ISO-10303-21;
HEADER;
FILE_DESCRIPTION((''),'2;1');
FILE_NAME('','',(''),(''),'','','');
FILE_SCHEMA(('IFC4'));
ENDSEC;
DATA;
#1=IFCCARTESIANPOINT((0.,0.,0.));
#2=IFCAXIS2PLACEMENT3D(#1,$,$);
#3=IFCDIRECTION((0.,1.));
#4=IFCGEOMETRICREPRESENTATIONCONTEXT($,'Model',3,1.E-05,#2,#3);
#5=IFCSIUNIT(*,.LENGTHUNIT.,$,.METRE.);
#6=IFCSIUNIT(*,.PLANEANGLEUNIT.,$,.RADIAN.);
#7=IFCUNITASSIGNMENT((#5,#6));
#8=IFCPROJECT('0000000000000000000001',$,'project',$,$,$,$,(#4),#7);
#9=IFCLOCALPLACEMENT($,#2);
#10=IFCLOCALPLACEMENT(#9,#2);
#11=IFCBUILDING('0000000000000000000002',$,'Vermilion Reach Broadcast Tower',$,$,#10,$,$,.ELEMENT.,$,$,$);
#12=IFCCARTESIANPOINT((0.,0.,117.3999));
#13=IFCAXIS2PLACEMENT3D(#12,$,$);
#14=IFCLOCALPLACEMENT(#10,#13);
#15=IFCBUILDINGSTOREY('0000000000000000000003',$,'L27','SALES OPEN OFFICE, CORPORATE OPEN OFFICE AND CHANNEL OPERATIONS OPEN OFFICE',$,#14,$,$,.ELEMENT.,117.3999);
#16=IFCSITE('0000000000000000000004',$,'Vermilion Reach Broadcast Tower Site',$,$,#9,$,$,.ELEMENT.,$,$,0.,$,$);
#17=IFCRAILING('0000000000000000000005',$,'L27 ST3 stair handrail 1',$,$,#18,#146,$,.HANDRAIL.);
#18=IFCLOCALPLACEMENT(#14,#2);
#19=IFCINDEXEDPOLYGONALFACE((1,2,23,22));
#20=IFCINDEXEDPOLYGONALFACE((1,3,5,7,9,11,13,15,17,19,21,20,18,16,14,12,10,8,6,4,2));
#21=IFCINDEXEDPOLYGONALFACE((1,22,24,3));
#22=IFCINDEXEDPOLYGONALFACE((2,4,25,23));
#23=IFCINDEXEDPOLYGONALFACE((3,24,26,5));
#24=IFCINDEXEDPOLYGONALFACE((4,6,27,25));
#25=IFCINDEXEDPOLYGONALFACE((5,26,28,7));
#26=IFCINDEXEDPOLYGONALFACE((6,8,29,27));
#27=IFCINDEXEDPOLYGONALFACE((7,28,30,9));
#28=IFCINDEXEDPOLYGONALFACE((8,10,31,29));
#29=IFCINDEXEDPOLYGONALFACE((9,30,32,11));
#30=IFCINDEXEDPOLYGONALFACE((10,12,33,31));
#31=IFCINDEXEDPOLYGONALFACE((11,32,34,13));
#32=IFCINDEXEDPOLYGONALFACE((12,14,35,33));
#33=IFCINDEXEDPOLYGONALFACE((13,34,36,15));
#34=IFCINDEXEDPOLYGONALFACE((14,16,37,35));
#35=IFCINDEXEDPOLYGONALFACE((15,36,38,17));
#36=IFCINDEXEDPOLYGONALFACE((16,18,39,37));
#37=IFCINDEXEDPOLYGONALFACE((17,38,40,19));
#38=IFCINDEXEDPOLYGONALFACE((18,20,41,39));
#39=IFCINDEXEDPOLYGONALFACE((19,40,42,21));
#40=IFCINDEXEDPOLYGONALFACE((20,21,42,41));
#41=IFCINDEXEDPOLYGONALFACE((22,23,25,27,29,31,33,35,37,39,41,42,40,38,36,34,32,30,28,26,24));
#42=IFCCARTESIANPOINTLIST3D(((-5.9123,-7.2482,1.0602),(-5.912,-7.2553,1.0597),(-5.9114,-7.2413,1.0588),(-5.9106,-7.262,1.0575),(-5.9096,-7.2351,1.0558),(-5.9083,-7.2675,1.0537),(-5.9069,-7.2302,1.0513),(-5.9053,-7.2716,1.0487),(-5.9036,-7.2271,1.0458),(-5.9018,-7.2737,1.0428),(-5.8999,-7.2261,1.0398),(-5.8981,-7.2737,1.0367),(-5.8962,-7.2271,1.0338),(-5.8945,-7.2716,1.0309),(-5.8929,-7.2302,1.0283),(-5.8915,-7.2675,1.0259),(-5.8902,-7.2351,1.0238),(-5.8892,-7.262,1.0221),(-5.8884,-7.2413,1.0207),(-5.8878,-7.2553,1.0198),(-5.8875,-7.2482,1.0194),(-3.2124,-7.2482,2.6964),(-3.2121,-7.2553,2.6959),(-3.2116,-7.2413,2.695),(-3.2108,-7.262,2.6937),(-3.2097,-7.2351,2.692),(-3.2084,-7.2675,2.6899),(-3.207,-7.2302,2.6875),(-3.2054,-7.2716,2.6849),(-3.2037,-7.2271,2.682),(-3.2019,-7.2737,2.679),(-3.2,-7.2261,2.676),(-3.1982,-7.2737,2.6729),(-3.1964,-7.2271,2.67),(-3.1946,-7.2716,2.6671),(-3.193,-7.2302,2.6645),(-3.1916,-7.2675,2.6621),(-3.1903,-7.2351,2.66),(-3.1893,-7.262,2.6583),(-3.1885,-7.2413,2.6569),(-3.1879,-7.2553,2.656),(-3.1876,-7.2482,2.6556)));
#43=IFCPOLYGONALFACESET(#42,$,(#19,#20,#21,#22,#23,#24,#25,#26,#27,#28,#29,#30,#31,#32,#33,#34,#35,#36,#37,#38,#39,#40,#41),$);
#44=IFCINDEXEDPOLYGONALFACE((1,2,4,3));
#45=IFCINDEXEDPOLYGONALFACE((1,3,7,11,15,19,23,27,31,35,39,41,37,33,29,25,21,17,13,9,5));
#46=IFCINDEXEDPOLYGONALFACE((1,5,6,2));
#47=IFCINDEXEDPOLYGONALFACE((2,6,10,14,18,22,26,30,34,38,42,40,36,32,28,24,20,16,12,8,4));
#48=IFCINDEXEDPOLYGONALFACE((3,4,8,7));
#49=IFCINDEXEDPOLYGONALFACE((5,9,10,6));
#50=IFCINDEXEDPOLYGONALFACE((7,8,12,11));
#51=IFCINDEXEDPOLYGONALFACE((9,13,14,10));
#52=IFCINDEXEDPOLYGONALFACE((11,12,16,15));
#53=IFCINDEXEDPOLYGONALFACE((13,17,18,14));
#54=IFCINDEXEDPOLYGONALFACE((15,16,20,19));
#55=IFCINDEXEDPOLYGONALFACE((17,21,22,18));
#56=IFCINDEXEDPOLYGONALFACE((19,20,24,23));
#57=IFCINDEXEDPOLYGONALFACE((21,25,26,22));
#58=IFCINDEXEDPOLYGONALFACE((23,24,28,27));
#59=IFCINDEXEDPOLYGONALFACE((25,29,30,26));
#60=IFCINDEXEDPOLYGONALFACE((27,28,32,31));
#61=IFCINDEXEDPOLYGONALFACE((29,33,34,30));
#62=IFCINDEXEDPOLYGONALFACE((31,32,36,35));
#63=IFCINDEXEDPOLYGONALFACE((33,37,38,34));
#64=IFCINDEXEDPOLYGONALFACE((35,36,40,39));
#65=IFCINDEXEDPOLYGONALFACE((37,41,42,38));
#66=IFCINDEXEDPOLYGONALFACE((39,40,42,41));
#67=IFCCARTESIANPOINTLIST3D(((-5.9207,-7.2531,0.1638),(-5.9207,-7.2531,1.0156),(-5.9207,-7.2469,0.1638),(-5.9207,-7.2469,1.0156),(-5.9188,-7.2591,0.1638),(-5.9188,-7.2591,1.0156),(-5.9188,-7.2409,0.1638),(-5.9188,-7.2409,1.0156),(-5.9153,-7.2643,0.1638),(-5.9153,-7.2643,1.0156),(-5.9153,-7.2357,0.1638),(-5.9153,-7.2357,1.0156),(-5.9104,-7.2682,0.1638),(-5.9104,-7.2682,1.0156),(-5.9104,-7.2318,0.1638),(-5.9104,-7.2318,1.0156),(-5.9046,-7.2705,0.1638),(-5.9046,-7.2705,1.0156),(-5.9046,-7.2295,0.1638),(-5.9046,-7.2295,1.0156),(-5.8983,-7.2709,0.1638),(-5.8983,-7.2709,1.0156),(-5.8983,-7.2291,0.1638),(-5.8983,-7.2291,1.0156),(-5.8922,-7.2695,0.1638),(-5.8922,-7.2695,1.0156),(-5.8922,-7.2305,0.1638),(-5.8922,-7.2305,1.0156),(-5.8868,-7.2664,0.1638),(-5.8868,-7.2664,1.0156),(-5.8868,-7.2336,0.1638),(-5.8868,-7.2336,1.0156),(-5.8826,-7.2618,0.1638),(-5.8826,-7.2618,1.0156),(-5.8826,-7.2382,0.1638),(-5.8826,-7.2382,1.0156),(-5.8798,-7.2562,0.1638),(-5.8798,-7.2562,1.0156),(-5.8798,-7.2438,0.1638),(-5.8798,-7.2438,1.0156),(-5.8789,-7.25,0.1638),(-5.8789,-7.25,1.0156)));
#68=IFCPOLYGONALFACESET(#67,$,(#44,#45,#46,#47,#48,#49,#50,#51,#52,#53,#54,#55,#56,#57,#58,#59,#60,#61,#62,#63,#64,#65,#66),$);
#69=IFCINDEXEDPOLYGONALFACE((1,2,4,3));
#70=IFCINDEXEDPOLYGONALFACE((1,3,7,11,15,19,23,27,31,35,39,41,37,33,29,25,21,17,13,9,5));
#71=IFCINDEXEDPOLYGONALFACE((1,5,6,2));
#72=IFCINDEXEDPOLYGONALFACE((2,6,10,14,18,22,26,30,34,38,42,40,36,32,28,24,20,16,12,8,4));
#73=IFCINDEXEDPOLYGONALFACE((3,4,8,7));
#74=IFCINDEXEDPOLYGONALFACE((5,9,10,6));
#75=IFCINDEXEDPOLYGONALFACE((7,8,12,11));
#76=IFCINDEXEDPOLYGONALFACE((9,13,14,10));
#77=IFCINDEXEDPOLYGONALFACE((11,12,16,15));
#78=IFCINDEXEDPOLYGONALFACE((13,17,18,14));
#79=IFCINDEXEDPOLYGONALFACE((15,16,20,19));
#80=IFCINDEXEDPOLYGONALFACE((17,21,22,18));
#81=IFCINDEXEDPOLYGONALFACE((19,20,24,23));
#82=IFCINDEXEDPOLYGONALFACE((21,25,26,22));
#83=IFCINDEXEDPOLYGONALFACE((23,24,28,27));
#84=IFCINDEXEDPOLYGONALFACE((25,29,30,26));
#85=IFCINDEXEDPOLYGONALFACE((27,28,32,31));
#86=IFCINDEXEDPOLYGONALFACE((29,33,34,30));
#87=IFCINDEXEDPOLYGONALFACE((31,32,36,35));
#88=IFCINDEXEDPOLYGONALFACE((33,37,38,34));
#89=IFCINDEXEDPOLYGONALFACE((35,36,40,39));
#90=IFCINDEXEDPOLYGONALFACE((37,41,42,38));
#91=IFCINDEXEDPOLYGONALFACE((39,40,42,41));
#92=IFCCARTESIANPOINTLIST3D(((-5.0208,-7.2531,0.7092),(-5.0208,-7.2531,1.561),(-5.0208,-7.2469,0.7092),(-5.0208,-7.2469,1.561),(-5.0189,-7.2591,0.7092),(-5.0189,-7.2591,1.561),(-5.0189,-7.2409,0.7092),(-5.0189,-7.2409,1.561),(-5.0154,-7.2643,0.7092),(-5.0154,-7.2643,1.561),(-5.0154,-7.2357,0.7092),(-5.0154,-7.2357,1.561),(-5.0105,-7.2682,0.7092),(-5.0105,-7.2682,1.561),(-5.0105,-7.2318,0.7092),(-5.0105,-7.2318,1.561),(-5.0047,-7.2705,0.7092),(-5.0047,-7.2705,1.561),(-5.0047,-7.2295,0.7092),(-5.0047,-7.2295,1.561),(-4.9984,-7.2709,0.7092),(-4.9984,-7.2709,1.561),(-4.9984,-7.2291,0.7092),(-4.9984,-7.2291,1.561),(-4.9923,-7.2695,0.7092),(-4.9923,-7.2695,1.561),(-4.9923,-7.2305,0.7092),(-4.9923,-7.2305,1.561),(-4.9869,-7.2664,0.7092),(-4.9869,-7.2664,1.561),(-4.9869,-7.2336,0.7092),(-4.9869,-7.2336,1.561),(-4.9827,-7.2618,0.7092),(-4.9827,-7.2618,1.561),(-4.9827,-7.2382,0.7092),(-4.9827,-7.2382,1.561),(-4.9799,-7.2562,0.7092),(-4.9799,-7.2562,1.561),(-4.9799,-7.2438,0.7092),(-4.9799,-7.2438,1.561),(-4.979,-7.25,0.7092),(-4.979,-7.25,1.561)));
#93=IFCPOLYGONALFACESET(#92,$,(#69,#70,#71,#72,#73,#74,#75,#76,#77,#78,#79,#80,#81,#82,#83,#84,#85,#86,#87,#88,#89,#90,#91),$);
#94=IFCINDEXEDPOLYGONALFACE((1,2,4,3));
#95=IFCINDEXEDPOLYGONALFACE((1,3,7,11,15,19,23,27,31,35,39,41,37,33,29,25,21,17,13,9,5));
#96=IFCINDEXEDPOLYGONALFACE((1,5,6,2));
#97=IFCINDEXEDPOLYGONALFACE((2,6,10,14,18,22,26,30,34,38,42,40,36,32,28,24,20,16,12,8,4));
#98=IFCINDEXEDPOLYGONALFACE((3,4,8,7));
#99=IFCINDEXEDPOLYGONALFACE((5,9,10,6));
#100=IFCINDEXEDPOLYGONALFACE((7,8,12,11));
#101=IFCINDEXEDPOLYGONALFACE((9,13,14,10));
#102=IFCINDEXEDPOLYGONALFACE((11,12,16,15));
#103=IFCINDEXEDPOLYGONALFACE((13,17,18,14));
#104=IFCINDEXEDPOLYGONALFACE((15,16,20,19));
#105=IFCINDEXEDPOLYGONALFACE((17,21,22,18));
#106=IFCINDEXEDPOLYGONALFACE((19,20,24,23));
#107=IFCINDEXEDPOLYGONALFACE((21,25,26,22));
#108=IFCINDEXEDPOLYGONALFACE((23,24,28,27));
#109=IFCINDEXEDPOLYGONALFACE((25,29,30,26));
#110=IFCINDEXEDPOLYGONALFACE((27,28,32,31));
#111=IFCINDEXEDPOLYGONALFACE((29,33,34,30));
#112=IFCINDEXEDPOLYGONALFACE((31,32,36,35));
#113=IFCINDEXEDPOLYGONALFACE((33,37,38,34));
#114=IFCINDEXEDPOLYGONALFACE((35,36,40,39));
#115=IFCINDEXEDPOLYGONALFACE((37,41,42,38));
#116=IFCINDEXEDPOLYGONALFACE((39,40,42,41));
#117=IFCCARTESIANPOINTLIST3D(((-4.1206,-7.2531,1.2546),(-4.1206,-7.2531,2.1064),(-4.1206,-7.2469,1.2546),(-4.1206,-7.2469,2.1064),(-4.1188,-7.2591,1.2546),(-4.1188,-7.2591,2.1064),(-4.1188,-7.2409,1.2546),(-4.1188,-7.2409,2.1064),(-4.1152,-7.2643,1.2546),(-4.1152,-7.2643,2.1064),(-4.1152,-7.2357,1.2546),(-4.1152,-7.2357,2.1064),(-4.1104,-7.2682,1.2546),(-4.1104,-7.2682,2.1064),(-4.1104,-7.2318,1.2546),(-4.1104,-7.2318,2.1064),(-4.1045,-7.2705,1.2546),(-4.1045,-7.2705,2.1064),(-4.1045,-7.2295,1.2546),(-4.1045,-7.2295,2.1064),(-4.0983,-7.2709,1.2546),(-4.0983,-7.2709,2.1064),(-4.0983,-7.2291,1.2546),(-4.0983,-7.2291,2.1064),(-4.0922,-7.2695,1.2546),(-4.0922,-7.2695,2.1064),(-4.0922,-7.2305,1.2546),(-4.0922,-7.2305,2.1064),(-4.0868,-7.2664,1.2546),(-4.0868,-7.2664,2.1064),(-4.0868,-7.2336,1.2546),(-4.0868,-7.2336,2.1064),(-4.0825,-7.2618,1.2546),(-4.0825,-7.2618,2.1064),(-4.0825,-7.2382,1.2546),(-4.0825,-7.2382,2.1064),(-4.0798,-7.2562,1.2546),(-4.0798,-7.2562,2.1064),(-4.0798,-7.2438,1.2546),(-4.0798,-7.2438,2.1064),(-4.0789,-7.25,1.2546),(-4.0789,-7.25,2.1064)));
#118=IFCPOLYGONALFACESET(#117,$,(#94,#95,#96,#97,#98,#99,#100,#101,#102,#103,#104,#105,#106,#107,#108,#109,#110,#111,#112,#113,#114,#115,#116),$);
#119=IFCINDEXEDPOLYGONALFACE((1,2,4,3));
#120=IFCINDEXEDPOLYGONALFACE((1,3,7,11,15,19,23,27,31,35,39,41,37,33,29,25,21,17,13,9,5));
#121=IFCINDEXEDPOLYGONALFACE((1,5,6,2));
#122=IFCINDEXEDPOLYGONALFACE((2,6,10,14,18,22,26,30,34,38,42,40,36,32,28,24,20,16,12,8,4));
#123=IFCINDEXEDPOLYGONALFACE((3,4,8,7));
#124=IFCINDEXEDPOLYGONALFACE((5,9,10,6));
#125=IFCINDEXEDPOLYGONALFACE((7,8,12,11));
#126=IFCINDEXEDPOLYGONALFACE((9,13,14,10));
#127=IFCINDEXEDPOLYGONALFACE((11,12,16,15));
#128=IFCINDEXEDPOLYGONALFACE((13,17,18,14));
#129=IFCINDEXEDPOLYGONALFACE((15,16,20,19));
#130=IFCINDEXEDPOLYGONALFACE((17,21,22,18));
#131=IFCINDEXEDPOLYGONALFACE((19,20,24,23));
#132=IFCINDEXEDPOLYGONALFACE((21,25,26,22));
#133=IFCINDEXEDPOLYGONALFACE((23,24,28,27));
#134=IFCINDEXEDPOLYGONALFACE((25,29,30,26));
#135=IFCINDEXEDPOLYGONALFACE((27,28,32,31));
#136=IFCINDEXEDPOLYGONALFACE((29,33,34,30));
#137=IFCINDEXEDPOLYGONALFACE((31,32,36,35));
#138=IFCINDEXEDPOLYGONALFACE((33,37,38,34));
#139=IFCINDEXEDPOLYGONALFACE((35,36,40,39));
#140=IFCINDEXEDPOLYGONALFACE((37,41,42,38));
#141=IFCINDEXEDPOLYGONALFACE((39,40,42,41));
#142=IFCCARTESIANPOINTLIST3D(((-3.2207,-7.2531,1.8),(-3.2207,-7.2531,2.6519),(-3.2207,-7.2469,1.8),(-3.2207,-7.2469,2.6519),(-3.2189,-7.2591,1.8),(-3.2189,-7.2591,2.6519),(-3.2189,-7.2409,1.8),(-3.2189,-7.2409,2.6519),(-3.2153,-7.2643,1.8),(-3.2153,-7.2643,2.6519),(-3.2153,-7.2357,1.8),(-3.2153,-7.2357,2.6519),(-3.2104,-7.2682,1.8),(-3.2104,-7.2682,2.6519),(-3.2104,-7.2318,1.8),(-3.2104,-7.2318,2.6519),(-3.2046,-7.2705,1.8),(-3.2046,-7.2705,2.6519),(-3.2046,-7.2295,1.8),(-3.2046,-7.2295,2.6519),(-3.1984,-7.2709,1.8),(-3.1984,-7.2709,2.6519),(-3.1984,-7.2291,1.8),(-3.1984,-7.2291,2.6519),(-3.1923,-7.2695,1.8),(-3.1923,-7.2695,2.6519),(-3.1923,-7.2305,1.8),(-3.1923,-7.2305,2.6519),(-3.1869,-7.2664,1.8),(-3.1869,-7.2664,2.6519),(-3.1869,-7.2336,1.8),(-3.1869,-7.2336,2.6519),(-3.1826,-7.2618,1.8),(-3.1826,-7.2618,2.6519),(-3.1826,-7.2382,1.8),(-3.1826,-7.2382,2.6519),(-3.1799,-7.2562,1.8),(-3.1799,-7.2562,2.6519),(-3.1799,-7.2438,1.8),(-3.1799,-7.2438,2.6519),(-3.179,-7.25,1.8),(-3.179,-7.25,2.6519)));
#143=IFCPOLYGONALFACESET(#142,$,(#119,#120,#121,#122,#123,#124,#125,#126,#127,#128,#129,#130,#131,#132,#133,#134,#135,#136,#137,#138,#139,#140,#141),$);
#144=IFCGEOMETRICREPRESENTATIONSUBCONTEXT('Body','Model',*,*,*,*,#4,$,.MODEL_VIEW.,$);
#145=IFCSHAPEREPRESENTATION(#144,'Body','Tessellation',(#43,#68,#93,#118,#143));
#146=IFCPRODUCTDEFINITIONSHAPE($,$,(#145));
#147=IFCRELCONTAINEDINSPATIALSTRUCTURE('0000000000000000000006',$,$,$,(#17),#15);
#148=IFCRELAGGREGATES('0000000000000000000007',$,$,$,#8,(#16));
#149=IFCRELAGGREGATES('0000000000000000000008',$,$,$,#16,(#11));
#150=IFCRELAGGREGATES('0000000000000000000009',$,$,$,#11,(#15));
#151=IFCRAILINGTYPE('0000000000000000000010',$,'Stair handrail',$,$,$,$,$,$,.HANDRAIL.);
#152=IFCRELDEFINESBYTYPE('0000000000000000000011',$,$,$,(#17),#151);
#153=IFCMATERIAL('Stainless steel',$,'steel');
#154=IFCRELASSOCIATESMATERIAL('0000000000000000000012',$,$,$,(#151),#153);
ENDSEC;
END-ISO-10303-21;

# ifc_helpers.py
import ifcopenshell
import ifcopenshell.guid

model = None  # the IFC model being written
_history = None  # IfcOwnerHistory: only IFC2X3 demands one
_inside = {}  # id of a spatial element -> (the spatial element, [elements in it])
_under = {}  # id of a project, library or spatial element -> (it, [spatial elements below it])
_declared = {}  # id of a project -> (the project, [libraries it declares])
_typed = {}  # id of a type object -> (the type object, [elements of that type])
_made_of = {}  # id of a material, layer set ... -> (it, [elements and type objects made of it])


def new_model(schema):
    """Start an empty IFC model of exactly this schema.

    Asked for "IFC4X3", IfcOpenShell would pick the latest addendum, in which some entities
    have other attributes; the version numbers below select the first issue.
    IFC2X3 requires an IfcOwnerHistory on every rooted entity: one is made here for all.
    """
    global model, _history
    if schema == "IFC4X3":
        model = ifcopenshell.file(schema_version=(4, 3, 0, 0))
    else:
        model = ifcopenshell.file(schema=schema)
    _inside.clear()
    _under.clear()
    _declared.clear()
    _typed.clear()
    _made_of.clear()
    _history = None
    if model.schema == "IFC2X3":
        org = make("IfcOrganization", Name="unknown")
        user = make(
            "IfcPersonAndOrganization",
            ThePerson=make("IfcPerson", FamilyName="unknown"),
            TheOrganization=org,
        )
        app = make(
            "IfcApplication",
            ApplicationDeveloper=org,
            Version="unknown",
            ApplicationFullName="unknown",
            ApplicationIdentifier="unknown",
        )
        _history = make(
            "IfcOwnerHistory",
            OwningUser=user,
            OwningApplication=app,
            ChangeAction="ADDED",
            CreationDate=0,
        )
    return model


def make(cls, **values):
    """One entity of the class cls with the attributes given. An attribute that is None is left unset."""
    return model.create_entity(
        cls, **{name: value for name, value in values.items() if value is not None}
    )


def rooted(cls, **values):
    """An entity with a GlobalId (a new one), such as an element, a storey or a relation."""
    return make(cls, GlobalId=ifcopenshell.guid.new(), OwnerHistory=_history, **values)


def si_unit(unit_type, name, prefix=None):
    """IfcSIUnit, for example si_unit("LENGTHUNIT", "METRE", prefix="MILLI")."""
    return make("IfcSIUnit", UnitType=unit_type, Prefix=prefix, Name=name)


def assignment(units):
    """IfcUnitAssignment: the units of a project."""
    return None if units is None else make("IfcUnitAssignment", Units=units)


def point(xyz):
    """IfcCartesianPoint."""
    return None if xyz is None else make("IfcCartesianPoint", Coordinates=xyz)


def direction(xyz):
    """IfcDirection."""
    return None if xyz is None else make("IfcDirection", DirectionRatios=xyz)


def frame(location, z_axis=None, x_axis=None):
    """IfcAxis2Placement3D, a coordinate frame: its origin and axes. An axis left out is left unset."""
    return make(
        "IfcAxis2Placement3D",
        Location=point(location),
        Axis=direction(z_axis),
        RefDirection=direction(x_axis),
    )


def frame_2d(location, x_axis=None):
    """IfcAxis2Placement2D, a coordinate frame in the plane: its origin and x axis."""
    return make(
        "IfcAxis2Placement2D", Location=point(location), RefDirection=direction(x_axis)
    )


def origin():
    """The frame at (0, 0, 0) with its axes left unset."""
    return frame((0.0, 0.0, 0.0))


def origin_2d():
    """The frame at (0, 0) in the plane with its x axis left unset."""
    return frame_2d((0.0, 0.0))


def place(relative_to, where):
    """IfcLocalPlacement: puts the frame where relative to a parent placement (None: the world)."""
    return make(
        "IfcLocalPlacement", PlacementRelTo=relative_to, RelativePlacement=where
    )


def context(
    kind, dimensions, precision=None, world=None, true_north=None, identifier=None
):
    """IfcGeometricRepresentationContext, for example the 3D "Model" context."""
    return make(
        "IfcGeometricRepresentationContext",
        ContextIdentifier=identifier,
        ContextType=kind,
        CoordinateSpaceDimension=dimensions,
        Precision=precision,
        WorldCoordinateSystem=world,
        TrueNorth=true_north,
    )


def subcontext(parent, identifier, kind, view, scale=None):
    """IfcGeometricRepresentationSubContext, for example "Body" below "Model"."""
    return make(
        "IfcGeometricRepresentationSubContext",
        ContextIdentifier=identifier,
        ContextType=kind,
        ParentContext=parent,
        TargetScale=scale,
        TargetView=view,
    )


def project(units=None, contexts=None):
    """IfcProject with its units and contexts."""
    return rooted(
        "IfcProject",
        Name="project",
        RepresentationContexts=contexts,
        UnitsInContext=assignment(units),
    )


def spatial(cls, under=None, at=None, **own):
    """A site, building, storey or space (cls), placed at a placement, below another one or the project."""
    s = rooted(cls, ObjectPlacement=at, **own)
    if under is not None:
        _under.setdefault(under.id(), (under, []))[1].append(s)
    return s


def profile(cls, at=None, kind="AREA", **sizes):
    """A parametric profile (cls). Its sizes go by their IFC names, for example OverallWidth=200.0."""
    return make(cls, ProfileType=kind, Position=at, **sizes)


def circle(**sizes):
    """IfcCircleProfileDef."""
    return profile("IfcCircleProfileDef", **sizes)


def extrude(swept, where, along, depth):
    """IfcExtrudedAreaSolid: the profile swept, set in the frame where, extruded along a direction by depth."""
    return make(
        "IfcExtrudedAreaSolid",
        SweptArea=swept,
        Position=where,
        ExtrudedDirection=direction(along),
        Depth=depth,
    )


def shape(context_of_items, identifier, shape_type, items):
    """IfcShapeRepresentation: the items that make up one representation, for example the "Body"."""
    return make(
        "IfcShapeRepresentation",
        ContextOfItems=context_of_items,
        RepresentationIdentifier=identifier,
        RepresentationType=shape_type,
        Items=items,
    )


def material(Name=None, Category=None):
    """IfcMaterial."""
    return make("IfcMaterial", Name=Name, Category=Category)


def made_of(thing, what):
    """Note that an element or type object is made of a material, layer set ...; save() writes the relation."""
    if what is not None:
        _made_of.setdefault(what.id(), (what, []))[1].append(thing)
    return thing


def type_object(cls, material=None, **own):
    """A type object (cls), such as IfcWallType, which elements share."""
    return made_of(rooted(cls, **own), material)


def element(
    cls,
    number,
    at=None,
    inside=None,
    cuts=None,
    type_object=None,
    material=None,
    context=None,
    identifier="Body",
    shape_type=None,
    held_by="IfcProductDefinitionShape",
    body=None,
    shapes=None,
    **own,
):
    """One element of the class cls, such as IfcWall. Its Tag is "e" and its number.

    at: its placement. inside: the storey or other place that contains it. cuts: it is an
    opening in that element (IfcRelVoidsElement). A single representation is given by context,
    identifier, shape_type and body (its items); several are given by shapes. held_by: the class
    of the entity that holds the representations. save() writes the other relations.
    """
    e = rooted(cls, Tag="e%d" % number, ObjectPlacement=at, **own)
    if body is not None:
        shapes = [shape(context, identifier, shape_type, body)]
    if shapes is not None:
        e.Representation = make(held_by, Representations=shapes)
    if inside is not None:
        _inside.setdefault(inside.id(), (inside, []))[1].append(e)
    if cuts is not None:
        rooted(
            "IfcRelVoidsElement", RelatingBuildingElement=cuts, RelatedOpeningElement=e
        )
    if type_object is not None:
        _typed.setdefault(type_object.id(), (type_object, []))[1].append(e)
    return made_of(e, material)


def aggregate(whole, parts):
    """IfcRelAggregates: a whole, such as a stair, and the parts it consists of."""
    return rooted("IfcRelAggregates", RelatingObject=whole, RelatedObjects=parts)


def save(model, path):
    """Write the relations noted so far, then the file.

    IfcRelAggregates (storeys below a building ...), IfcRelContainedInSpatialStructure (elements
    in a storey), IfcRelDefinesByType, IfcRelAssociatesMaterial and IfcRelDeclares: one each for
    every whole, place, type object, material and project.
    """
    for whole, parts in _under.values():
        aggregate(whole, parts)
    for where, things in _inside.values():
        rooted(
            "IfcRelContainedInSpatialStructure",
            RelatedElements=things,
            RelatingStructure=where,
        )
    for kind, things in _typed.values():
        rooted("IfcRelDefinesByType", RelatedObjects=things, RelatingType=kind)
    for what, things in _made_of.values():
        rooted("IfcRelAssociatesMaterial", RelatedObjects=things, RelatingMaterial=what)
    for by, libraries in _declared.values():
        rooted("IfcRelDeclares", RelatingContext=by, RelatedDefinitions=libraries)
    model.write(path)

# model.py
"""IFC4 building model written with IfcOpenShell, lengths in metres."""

from ifc_helpers import new_model, si_unit, direction, frame, origin, origin_2d, place, context, subcontext, project, spatial, circle, extrude, material, type_object, element, save


model = new_model("IFC4")

# Units and contexts
model_context = context("Model", 3, precision=1e-05, world=origin(), true_north=direction((0.0, 1.0)))
body_context = subcontext(model_context, "Body", "Model", "MODEL_VIEW")
ifc_project = project(units=[si_unit("LENGTHUNIT", "METRE"), si_unit("PLANEANGLEUNIT", "RADIAN")], contexts=[model_context])

# Site, building, storey
site_placement = place(None, origin())
site = spatial("IfcSite", under=ifc_project, at=site_placement, Name="Vermilion Reach Broadcast Tower Site", CompositionType="ELEMENT", RefElevation=0.0)
building_placement = place(site_placement, origin())
building = spatial("IfcBuilding", under=site, at=building_placement, Name="Vermilion Reach Broadcast Tower", CompositionType="ELEMENT")
storey_placement = place(building_placement, frame((0.0, 0.0, 117.3999)))
storey = spatial("IfcBuildingStorey", under=building, at=storey_placement, Name="L27", Description="SALES OPEN OFFICE, CORPORATE OPEN OFFICE AND CHANNEL OPERATIONS OPEN OFFICE", CompositionType="ELEMENT", Elevation=117.3999)

# Railing
ifc_material_1 = material(Name="Stainless steel", Category="steel")
railing_type_1 = type_object("IfcRailingType", Name="Stair handrail", PredefinedType="HANDRAIL", material=ifc_material_1)
railing_1_placement = place(storey_placement, frame((-5.8999, -7.25, 0.1638)))
element("IfcRailing", 1, at=railing_1_placement, inside=storey, type_object=railing_type_1, Name="L27 ST3 stair handrail 1", PredefinedType="HANDRAIL", context=body_context, shape_type="SweptSolid", body=[
    extrude(circle(Radius=0.0239, at=origin_2d()), frame((0.0, 0.0, 0.876), z_axis=(0.855212, 0.0, 0.518278), x_axis=(0.0, 1.0, 0.0)), (0.0, 0.0, 1.0), 3.157),
    extrude(circle(Radius=0.021, at=origin_2d()), origin(), (0.0, 0.0, 1.0), 0.8518),
    extrude(circle(Radius=0.021, at=origin_2d()), frame((0.8999, 0.0, 0.5454)), (0.0, 0.0, 1.0), 0.8518),
    extrude(circle(Radius=0.021, at=origin_2d()), frame((1.8, 0.0, 1.0908)), (0.0, 0.0, 1.0), 0.8518),
    extrude(circle(Radius=0.021, at=origin_2d()), frame((2.7, 0.0, 1.6362)), (0.0, 0.0, 1.0), 0.8518),
])

save(model, "model.ifc")
